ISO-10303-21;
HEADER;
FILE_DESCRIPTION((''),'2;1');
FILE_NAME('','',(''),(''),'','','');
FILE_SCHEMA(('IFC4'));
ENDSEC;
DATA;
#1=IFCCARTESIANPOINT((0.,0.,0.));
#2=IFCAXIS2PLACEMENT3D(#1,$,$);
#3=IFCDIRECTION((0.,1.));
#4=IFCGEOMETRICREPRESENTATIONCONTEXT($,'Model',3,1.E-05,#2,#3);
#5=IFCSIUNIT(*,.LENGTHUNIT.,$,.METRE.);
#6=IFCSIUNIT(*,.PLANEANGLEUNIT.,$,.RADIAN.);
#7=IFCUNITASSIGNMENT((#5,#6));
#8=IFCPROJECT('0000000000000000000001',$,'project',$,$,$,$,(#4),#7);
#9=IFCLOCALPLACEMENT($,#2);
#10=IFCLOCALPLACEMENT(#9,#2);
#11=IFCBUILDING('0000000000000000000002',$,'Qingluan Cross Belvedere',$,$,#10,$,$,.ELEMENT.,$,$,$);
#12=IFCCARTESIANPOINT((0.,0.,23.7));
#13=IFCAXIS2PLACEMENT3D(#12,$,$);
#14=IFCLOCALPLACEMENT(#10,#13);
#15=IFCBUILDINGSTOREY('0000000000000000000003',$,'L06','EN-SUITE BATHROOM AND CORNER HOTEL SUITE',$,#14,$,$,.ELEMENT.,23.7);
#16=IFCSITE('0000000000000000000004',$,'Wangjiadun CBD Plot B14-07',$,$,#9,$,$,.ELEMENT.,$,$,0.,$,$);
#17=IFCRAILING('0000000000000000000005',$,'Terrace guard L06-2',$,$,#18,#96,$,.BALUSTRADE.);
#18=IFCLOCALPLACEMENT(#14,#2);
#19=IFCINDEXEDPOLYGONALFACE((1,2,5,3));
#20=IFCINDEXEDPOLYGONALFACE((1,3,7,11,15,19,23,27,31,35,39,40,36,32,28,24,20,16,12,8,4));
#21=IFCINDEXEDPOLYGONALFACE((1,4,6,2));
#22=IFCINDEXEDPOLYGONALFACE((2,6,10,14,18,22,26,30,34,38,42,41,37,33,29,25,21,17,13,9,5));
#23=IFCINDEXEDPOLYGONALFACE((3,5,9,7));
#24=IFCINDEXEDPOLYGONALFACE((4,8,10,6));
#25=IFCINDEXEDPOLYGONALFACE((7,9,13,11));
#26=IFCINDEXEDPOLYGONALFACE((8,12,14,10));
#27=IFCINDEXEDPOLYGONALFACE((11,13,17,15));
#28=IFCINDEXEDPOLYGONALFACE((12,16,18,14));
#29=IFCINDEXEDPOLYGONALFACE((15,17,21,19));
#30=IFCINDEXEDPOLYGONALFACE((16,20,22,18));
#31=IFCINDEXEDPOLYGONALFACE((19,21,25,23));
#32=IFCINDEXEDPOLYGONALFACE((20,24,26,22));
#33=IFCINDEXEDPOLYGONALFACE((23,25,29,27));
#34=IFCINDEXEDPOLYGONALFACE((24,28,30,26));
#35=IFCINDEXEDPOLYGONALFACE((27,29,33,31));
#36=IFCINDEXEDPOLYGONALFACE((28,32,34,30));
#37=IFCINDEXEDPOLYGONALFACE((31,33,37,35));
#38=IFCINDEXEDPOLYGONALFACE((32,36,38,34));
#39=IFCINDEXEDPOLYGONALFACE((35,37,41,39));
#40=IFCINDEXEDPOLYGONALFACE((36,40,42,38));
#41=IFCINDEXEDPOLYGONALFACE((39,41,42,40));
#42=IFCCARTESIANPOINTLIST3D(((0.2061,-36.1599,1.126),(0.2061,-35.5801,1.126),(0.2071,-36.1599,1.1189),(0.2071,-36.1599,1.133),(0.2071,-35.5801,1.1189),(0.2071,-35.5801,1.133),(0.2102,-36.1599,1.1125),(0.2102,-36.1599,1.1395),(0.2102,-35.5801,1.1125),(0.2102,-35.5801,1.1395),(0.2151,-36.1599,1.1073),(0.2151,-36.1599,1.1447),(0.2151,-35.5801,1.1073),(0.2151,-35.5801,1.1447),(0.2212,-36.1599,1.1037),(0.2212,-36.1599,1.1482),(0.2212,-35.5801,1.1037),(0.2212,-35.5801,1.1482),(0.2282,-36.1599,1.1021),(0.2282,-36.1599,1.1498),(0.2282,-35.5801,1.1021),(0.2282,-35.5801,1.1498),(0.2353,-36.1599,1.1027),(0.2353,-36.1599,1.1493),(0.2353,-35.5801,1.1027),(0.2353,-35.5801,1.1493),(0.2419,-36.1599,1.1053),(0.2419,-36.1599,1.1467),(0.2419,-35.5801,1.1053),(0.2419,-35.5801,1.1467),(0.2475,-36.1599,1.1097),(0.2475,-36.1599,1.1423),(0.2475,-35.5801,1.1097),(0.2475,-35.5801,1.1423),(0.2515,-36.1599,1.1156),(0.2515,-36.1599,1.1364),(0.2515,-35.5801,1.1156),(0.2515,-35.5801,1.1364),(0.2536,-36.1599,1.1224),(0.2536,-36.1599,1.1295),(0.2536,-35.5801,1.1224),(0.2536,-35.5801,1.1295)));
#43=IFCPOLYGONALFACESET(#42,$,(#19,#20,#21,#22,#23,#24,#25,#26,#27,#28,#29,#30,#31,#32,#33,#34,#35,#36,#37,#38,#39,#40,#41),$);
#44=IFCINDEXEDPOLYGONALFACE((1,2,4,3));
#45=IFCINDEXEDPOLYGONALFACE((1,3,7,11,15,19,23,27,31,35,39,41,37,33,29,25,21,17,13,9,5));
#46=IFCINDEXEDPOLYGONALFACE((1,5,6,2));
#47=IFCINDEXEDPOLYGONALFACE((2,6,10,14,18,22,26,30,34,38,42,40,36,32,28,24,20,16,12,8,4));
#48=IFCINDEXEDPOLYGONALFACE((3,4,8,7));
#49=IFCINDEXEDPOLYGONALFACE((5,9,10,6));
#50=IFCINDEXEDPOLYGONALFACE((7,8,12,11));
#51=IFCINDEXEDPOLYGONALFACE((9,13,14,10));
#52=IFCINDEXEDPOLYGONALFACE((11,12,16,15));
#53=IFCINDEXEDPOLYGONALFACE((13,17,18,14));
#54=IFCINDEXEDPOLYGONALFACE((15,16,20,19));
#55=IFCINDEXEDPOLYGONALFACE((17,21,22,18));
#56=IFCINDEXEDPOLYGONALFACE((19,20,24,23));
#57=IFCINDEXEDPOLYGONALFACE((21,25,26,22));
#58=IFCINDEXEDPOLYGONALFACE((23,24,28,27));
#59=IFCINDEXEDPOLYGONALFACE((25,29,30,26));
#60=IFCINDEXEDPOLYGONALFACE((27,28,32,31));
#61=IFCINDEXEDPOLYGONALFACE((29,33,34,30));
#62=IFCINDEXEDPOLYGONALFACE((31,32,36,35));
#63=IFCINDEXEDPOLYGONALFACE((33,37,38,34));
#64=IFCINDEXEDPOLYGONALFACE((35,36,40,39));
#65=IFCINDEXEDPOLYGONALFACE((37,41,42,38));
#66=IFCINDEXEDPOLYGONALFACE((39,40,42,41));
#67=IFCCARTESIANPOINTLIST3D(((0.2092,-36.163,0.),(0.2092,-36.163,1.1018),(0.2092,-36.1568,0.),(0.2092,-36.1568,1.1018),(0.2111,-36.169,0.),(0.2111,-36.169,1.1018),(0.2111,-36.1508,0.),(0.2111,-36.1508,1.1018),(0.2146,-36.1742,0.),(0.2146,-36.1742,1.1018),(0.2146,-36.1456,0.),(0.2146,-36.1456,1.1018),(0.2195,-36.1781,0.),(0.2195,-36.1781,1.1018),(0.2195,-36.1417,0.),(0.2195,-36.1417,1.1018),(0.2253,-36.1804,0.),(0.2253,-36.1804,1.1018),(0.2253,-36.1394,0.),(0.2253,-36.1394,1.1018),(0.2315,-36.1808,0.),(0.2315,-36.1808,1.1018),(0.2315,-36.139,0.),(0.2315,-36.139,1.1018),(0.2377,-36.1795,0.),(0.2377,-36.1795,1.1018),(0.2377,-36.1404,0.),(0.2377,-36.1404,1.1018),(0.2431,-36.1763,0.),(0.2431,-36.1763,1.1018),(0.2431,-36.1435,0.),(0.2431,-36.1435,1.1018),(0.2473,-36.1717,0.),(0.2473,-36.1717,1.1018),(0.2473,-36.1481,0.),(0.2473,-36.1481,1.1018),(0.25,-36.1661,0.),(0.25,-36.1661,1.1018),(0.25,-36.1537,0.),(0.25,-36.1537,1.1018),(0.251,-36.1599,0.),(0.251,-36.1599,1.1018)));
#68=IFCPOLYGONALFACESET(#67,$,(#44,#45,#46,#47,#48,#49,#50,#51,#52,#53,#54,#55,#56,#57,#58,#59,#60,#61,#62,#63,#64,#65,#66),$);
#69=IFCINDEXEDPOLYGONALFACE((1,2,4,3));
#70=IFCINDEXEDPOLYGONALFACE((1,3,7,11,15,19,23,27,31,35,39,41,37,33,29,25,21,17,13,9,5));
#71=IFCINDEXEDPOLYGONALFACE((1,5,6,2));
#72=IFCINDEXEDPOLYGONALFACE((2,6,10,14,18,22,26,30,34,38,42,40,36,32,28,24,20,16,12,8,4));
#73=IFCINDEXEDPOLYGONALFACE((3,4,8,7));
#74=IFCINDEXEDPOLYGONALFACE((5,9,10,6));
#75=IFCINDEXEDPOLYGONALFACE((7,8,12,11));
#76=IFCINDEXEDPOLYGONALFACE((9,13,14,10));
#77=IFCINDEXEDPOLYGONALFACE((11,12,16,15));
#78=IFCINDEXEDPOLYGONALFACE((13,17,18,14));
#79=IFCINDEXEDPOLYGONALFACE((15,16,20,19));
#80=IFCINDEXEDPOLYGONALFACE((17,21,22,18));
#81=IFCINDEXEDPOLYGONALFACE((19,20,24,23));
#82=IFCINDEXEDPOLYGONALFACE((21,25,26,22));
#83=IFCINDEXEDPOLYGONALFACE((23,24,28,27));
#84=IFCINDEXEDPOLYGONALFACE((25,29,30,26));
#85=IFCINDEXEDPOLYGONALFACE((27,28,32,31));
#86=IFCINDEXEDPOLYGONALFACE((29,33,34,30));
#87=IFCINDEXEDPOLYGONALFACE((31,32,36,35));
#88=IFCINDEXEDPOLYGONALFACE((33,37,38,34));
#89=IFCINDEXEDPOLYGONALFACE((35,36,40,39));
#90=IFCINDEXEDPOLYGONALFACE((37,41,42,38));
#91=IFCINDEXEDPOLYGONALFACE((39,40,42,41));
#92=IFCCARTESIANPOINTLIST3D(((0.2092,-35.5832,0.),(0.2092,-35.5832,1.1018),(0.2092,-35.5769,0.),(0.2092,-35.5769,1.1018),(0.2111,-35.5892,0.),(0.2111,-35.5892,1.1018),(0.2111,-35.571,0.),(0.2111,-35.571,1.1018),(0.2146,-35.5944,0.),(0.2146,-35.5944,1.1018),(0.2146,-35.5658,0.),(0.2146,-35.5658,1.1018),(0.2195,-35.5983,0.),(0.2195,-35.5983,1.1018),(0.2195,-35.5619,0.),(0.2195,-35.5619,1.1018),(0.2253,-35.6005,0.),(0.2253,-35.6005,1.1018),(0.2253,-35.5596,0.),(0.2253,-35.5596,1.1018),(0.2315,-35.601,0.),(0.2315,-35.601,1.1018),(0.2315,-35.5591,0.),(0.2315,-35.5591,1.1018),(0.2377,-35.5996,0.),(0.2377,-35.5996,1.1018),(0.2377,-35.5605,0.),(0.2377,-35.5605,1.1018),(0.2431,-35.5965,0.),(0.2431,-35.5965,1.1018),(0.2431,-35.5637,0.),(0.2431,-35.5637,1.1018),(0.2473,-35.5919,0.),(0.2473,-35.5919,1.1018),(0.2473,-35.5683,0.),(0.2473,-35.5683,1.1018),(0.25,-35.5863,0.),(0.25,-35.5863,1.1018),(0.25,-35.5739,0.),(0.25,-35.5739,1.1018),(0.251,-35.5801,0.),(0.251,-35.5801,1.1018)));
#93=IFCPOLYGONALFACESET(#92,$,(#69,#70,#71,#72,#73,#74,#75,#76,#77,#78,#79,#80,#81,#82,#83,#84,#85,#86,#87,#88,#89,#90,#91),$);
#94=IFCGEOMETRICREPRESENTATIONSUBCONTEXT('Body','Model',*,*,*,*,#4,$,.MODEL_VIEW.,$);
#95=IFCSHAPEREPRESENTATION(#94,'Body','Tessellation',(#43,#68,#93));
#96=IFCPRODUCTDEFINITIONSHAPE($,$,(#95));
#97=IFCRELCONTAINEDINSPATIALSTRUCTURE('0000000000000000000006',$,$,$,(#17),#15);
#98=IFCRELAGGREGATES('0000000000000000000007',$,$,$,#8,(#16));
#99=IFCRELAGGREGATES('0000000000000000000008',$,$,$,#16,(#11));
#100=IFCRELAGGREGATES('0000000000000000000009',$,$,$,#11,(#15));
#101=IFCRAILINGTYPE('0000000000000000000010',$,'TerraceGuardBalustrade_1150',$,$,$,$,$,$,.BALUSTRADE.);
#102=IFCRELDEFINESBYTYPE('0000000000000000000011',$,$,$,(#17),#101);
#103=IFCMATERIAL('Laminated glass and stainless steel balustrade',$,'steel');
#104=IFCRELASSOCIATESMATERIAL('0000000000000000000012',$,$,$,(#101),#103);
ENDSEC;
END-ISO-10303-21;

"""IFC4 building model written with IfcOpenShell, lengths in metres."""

from ifc_helpers import new_model, si_unit, direction, frame, origin, origin_2d, place, context, subcontext, project, spatial, circle, extrude, material, type_object, element, save


model = new_model("IFC4")

# Units and contexts
model_context = context("Model", 3, precision=1e-05, world=origin(), true_north=direction((0.0, 1.0)))
body_context = subcontext(model_context, "Body", "Model", "MODEL_VIEW")
ifc_project = project(units=[si_unit("LENGTHUNIT", "METRE"), si_unit("PLANEANGLEUNIT", "RADIAN")], contexts=[model_context])

# Site, building, storey
site_placement = place(None, origin())
site = spatial("IfcSite", under=ifc_project, at=site_placement, Name="Wangjiadun CBD Plot B14-07", CompositionType="ELEMENT", RefElevation=0.0)
building_placement = place(site_placement, origin())
building = spatial("IfcBuilding", under=site, at=building_placement, Name="Qingluan Cross Belvedere", CompositionType="ELEMENT")
storey_placement = place(building_placement, frame((0.0, 0.0, 23.7)))
storey = spatial("IfcBuildingStorey", under=building, at=storey_placement, Name="L06", Description="EN-SUITE BATHROOM AND CORNER HOTEL SUITE", CompositionType="ELEMENT", Elevation=23.7)

# Railing
ifc_material_1 = material(Name="Laminated glass and stainless steel balustrade", Category="steel")
railing_type = type_object("IfcRailingType", Name="TerraceGuardBalustrade_1150", PredefinedType="BALUSTRADE", material=ifc_material_1)
railing_1_placement = place(storey_placement, frame((0.23, -36.1599, 0.0)))
element("IfcRailing", 1, at=railing_1_placement, inside=storey, type_object=railing_type, Name="Terrace guard L06-2", PredefinedType="BALUSTRADE", context=body_context, shape_type="SweptSolid", body=[
    extrude(circle(Radius=0.0239, at=origin_2d()), frame((0.0, 0.0, 1.126), z_axis=(0.0, 1.0, 0.0), x_axis=(-1.0, 0.0, 0.0)), (0.0, 0.0, 1.0), 0.5798),
    extrude(circle(Radius=0.021, at=origin_2d()), origin(), (0.0, 0.0, 1.0), 1.1018),
    extrude(circle(Radius=0.021, at=origin_2d()), frame((0.0, 0.5798, 0.0)), (0.0, 0.0, 1.0), 1.1018),
])

save(model, "model.ifc")
